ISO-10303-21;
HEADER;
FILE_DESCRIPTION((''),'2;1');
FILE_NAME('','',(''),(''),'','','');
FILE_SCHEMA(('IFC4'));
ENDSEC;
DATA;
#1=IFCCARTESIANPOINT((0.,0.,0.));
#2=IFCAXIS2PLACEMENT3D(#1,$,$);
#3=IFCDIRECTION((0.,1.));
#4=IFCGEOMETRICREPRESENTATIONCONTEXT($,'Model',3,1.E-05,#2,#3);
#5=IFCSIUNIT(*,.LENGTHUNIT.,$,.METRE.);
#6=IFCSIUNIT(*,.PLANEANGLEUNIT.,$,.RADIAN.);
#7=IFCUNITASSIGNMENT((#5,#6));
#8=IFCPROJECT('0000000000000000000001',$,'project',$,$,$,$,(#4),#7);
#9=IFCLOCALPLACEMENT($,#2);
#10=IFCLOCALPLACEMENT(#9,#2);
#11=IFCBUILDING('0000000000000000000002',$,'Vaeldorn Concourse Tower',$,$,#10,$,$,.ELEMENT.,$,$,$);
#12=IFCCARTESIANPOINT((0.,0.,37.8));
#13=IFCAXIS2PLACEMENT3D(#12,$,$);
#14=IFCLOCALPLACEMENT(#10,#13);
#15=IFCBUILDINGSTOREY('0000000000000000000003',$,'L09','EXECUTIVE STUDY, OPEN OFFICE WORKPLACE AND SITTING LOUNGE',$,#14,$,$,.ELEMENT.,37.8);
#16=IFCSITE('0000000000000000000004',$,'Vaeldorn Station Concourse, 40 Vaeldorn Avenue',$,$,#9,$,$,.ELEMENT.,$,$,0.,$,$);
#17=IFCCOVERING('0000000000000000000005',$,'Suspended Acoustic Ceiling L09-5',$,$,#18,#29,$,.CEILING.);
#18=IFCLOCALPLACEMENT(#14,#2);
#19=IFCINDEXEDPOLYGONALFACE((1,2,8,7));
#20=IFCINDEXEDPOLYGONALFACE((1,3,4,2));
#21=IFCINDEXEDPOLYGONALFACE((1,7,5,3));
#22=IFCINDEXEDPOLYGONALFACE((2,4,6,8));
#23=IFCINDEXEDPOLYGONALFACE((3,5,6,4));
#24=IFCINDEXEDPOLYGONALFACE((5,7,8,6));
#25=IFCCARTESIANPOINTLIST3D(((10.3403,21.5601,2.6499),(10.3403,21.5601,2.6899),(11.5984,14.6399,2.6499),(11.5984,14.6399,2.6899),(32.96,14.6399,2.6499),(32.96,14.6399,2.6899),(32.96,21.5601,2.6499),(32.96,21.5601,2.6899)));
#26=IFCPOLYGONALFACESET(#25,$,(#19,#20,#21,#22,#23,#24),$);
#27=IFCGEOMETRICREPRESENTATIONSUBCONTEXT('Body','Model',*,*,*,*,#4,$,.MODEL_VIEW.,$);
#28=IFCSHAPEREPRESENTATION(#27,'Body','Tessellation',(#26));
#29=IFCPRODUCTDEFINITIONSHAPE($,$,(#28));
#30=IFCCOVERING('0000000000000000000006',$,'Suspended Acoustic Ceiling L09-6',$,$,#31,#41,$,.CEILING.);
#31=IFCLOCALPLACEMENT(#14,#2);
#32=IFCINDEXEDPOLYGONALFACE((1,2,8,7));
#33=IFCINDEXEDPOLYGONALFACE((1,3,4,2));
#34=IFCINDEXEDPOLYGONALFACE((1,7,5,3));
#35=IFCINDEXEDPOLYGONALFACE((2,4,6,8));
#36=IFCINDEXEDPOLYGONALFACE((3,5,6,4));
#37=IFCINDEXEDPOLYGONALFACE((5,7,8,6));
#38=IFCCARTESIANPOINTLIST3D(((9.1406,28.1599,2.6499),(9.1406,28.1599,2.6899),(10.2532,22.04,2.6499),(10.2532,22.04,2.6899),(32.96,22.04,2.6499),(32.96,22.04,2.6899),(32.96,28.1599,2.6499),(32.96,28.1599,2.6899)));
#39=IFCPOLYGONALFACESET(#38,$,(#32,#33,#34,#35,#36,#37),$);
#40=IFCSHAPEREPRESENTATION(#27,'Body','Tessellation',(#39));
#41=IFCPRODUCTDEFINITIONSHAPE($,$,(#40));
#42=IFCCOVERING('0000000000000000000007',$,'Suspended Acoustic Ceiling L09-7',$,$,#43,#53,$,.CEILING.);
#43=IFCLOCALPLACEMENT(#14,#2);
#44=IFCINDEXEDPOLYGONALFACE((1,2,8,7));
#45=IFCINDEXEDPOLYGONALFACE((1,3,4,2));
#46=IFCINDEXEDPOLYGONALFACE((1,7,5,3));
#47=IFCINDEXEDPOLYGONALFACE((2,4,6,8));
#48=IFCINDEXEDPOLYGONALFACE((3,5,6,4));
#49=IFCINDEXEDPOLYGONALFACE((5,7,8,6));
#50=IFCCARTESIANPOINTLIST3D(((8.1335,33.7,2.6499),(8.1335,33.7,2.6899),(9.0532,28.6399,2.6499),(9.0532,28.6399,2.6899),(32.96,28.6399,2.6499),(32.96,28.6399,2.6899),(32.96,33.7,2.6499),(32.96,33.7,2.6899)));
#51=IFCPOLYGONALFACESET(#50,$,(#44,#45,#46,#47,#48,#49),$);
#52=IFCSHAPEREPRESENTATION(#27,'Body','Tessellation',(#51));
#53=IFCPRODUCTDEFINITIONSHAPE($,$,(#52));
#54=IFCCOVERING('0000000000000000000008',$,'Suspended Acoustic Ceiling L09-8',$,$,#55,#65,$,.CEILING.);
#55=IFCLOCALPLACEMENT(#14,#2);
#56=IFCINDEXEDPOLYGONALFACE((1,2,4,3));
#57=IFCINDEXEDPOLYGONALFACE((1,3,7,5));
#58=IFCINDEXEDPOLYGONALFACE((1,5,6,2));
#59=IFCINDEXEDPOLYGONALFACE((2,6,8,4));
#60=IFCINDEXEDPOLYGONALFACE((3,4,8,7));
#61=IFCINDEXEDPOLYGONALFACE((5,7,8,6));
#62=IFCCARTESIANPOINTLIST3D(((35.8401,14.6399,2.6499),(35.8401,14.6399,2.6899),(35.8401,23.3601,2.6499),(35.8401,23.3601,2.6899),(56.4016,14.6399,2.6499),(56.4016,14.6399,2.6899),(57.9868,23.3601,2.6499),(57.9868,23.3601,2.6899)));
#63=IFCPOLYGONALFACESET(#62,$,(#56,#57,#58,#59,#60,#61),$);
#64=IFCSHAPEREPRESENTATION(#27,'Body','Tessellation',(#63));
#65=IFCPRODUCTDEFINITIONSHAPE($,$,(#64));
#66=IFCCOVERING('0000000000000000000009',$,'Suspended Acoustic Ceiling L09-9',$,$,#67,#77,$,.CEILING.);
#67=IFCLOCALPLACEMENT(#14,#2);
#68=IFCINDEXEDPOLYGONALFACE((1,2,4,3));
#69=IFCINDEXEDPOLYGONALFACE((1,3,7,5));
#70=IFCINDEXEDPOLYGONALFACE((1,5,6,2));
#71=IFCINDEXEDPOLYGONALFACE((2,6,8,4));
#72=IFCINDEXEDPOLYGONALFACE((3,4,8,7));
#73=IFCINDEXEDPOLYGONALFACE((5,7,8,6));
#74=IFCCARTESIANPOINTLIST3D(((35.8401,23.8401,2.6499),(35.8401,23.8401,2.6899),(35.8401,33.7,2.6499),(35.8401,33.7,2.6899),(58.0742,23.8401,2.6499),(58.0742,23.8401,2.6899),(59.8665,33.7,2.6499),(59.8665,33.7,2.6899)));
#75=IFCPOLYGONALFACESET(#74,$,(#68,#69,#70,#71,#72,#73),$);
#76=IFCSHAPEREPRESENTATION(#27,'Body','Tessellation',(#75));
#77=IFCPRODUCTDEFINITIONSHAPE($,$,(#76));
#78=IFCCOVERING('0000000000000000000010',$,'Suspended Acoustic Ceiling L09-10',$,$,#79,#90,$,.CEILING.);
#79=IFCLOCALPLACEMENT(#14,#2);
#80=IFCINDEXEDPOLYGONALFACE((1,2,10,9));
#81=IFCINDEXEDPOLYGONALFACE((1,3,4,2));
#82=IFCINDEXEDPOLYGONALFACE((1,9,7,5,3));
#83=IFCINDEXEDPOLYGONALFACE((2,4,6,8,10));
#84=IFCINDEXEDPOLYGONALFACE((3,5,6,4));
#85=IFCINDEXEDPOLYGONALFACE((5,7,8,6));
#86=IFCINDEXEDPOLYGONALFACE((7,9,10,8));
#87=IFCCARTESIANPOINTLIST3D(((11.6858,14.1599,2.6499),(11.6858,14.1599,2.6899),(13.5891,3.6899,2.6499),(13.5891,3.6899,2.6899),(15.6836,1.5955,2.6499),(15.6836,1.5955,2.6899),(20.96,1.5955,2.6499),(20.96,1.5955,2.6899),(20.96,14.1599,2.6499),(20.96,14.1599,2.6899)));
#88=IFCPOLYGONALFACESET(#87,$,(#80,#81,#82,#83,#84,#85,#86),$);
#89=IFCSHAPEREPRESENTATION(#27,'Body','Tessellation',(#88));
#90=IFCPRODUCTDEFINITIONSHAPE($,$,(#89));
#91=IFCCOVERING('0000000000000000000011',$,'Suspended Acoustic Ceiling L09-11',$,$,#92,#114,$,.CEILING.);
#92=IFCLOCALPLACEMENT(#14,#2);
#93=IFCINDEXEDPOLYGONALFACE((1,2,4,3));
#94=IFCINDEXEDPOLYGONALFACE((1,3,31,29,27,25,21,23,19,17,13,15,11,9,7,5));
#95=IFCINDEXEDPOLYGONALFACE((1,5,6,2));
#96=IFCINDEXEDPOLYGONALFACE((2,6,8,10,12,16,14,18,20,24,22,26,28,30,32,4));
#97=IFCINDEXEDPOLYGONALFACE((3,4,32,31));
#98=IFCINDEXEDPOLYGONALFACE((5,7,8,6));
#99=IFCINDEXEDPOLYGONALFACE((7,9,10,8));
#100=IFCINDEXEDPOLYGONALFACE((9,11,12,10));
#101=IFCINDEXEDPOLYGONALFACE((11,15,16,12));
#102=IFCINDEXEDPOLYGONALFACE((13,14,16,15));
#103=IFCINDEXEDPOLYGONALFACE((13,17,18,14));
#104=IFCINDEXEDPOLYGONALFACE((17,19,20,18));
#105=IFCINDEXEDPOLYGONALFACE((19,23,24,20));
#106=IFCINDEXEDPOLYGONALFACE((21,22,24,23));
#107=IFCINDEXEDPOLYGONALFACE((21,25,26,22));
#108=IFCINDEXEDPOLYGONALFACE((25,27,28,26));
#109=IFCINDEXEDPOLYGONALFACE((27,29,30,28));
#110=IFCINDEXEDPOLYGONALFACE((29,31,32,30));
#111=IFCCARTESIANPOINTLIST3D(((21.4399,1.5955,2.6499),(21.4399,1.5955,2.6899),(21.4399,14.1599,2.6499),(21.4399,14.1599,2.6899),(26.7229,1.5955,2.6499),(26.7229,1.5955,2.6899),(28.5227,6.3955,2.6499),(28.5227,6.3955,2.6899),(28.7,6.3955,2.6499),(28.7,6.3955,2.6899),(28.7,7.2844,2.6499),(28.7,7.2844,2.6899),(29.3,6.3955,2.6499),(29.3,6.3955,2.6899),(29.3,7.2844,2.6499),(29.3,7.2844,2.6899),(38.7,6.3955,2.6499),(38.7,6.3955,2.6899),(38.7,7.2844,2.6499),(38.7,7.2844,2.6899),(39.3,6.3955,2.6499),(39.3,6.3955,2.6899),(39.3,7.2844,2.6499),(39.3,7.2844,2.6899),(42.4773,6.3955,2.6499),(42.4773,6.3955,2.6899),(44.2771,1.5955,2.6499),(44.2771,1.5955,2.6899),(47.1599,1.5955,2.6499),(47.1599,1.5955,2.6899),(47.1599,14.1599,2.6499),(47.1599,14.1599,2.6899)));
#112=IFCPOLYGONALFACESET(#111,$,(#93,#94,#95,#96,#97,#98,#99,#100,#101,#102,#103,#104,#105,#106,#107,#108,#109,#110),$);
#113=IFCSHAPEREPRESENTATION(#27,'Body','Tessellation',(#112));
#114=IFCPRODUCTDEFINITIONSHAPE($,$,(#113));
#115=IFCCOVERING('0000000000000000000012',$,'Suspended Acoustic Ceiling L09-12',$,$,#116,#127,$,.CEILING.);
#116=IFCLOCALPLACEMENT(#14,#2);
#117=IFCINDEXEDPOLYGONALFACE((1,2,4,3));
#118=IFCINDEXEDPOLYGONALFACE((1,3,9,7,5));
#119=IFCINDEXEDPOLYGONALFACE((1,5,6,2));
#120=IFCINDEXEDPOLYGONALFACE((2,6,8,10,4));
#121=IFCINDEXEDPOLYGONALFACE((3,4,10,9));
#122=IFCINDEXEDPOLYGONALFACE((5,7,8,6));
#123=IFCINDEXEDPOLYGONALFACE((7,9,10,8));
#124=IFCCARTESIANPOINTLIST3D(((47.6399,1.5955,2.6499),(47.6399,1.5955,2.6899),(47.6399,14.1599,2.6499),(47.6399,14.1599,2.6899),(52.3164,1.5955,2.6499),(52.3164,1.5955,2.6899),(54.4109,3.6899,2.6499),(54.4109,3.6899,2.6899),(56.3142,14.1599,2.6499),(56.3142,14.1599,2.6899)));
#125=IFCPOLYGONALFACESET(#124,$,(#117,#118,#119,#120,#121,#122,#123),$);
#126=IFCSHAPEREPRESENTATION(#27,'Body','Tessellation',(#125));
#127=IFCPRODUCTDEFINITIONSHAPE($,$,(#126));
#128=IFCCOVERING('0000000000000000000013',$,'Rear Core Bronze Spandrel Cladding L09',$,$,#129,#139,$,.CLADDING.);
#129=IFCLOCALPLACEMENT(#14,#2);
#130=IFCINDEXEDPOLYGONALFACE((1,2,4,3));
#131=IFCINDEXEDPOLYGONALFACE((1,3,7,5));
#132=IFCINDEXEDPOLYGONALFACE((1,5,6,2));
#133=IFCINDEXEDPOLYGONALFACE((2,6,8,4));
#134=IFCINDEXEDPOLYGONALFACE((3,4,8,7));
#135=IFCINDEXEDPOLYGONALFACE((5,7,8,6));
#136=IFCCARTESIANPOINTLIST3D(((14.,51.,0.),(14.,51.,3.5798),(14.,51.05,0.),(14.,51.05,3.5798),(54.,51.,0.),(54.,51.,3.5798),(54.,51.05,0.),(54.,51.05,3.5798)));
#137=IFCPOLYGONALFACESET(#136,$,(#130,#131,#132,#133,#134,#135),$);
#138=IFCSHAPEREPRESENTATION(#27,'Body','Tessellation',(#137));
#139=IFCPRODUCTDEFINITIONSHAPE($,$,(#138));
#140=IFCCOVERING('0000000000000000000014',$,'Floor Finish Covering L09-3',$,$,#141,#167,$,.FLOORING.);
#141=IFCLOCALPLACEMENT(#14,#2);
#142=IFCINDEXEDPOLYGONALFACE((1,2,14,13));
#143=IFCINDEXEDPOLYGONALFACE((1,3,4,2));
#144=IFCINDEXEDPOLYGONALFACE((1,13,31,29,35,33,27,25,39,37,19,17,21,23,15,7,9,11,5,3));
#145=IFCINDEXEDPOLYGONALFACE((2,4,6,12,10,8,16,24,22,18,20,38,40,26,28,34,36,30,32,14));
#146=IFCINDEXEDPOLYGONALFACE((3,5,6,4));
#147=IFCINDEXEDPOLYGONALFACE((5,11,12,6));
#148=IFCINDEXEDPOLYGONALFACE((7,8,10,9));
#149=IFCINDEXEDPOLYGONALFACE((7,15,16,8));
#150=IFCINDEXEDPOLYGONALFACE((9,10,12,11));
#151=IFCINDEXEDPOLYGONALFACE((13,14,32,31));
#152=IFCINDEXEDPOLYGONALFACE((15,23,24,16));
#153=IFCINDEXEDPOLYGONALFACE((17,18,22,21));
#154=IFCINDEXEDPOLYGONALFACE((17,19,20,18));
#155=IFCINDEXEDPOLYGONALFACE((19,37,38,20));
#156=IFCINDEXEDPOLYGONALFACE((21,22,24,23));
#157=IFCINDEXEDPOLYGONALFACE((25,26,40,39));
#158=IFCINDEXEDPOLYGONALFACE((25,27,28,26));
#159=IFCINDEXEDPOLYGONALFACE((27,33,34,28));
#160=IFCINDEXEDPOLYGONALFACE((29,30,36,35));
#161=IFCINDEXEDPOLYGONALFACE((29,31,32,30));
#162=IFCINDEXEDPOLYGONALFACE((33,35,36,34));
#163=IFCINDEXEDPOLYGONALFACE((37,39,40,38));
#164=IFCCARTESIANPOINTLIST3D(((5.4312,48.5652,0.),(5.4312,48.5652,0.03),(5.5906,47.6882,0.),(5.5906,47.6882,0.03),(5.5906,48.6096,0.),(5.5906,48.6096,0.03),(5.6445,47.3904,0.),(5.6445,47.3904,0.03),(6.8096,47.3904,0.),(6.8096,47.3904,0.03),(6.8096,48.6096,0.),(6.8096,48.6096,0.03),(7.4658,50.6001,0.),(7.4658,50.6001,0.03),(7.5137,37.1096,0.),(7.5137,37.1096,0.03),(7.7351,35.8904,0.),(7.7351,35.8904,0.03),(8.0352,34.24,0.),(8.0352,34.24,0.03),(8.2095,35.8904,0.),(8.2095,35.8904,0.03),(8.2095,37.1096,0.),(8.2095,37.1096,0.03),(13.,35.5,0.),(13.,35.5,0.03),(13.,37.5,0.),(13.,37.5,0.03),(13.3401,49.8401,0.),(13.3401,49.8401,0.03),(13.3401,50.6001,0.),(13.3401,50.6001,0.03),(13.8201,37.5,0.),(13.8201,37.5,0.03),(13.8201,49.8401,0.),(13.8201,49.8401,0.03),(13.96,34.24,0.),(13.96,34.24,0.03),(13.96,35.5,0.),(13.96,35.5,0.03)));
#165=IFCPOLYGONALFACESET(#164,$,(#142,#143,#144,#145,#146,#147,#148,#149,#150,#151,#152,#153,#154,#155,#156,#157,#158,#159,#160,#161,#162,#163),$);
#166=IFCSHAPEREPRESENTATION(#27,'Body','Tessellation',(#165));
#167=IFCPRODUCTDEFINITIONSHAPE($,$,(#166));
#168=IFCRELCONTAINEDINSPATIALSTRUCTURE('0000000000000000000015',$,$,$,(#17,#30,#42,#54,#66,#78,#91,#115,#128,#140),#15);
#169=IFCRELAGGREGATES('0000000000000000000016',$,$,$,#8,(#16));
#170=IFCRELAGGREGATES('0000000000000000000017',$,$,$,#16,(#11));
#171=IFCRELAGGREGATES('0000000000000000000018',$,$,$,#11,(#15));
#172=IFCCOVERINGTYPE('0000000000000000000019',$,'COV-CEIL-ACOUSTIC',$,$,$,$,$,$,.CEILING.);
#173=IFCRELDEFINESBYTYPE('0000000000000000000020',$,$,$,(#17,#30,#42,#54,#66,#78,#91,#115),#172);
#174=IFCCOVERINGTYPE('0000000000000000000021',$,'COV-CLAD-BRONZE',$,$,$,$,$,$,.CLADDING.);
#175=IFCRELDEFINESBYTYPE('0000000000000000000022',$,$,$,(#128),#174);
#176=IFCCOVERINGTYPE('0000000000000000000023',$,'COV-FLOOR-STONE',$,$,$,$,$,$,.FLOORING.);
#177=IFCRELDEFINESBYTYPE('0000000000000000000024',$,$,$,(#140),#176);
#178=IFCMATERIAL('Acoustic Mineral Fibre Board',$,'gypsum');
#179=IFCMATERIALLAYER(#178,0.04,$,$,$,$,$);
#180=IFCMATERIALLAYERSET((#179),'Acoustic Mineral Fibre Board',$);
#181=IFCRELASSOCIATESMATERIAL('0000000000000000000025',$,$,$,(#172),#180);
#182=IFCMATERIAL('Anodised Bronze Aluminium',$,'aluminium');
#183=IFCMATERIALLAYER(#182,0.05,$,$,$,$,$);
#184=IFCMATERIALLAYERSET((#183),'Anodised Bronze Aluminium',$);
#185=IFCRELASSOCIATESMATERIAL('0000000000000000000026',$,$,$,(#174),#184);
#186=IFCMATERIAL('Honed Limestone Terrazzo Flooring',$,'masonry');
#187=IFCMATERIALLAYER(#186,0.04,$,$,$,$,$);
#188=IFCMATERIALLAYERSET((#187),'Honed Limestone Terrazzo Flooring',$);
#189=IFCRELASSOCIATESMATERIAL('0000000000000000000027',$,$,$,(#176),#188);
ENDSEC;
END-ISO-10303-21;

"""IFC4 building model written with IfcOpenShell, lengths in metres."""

from ifc_helpers import new_model, si_unit, direction, frame, origin, place, context, subcontext, project, spatial, polyline, outline, extrude, material, layer, layer_set, type_object, element, save


model = new_model("IFC4")

# Units and contexts
model_context = context("Model", 3, precision=1e-05, world=origin(), true_north=direction((0.0, 1.0)))
body_context = subcontext(model_context, "Body", "Model", "MODEL_VIEW")
ifc_project = project(units=[si_unit("LENGTHUNIT", "METRE"), si_unit("PLANEANGLEUNIT", "RADIAN")], contexts=[model_context])

# Site, building, storey
site_placement = place(None, origin())
site = spatial("IfcSite", under=ifc_project, at=site_placement, Name="Vaeldorn Station Concourse, 40 Vaeldorn Avenue", CompositionType="ELEMENT", RefElevation=0.0)
building_placement = place(site_placement, origin())
building = spatial("IfcBuilding", under=site, at=building_placement, Name="Vaeldorn Concourse Tower", CompositionType="ELEMENT")
storey_placement = place(building_placement, frame((0.0, 0.0, 37.8)))
storey = spatial("IfcBuildingStorey", under=building, at=storey_placement, Name="L09", Description="EXECUTIVE STUDY, OPEN OFFICE WORKPLACE AND SITTING LOUNGE", CompositionType="ELEMENT", Elevation=37.8)

# Coverings
ifc_material_1 = material(Name="Acoustic Mineral Fibre Board", Category="gypsum")
ifc_layer_1 = layer(ifc_material_1, 0.04)
ifc_layer_set_1 = layer_set([ifc_layer_1], Name="Acoustic Mineral Fibre Board")
covering_type_1 = type_object("IfcCoveringType", Name="COV-CEIL-ACOUSTIC", PredefinedType="CEILING", material=ifc_layer_set_1)
covering_1_placement = place(storey_placement, frame((0.0, 0.0, 2.6499)))
element("IfcCovering", 1, at=covering_1_placement, inside=storey, type_object=covering_type_1, Name="Suspended Acoustic Ceiling L09-5", PredefinedType="CEILING", context=body_context, shape_type="SweptSolid", body=[
    extrude(outline(polyline([(32.96, 21.5601), (32.96, 14.6399), (11.5984, 14.6399), (10.3403, 21.5601), (32.96, 21.5601)])), origin(), (0.0, 0.0, 1.0), 0.04),
])
covering_2_placement = place(storey_placement, frame((0.0, 0.0, 2.6499)))
element("IfcCovering", 2, at=covering_2_placement, inside=storey, type_object=covering_type_1, Name="Suspended Acoustic Ceiling L09-6", PredefinedType="CEILING", context=body_context, shape_type="SweptSolid", body=[
    extrude(outline(polyline([(32.96, 28.1599), (32.96, 22.04), (10.2532, 22.04), (9.1406, 28.1599), (32.96, 28.1599)])), origin(), (0.0, 0.0, 1.0), 0.04),
])
covering_3_placement = place(storey_placement, frame((0.0, 0.0, 2.6499)))
element("IfcCovering", 3, at=covering_3_placement, inside=storey, type_object=covering_type_1, Name="Suspended Acoustic Ceiling L09-7", PredefinedType="CEILING", context=body_context, shape_type="SweptSolid", body=[
    extrude(outline(polyline([(32.96, 33.7), (32.96, 28.6399), (9.0532, 28.6399), (8.1335, 33.7), (32.96, 33.7)])), origin(), (0.0, 0.0, 1.0), 0.04),
])
covering_4_placement = place(storey_placement, frame((0.0, 0.0, 2.6499)))
element("IfcCovering", 4, at=covering_4_placement, inside=storey, type_object=covering_type_1, Name="Suspended Acoustic Ceiling L09-8", PredefinedType="CEILING", context=body_context, shape_type="SweptSolid", body=[
    extrude(outline(polyline([(35.8401, 14.6399), (35.8401, 23.3601), (57.9868, 23.3601), (56.4016, 14.6399), (35.8401, 14.6399)])), origin(), (0.0, 0.0, 1.0), 0.04),
])
covering_5_placement = place(storey_placement, frame((0.0, 0.0, 2.6499)))
element("IfcCovering", 5, at=covering_5_placement, inside=storey, type_object=covering_type_1, Name="Suspended Acoustic Ceiling L09-9", PredefinedType="CEILING", context=body_context, shape_type="SweptSolid", body=[
    extrude(outline(polyline([(35.8401, 23.8401), (35.8401, 33.7), (59.8665, 33.7), (58.0742, 23.8401), (35.8401, 23.8401)])), origin(), (0.0, 0.0, 1.0), 0.04),
])
covering_6_placement = place(storey_placement, frame((0.0, 0.0, 2.6499)))
element("IfcCovering", 6, at=covering_6_placement, inside=storey, type_object=covering_type_1, Name="Suspended Acoustic Ceiling L09-10", PredefinedType="CEILING", context=body_context, shape_type="SweptSolid", body=[
    extrude(outline(polyline([(20.96, 14.1599), (20.96, 1.5955), (15.6836, 1.5955), (13.5891, 3.6899), (11.6858, 14.1599), (20.96, 14.1599)])), origin(), (0.0, 0.0, 1.0), 0.04),
])
covering_7_placement = place(storey_placement, frame((0.0, 0.0, 2.6499)))
element("IfcCovering", 7, at=covering_7_placement, inside=storey, type_object=covering_type_1, Name="Suspended Acoustic Ceiling L09-11", PredefinedType="CEILING", context=body_context, shape_type="SweptSolid", body=[
    extrude(outline(polyline([(26.7229, 1.5955), (21.4399, 1.5955), (21.4399, 14.1599), (47.1599, 14.1599), (47.1599, 1.5955), (44.2771, 1.5955), (42.4773, 6.3955), (39.3, 6.3955), (39.3, 7.2844), (38.7, 7.2844), (38.7, 6.3955), (29.3, 6.3955), (29.3, 7.2844), (28.7, 7.2844), (28.7, 6.3955), (28.5227, 6.3955), (26.7229, 1.5955)])), origin(), (0.0, 0.0, 1.0), 0.04),
])
covering_8_placement = place(storey_placement, frame((0.0, 0.0, 2.6499)))
element("IfcCovering", 8, at=covering_8_placement, inside=storey, type_object=covering_type_1, Name="Suspended Acoustic Ceiling L09-12", PredefinedType="CEILING", context=body_context, shape_type="SweptSolid", body=[
    extrude(outline(polyline([(52.3164, 1.5955), (47.6399, 1.5955), (47.6399, 14.1599), (56.3142, 14.1599), (54.4109, 3.6899), (52.3164, 1.5955)])), origin(), (0.0, 0.0, 1.0), 0.04),
])
ifc_material_2 = material(Name="Anodised Bronze Aluminium", Category="aluminium")
ifc_layer_2 = layer(ifc_material_2, 0.05)
ifc_layer_set_2 = layer_set([ifc_layer_2], Name="Anodised Bronze Aluminium")
covering_type_2 = type_object("IfcCoveringType", Name="COV-CLAD-BRONZE", PredefinedType="CLADDING", material=ifc_layer_set_2)
covering_9_placement = place(storey_placement, origin())
element("IfcCovering", 9, at=covering_9_placement, inside=storey, type_object=covering_type_2, Name="Rear Core Bronze Spandrel Cladding L09", PredefinedType="CLADDING", context=body_context, shape_type="SweptSolid", body=[
    extrude(outline(polyline([(14.0, 51.0), (54.0, 51.0), (54.0, 51.05), (14.0, 51.05), (14.0, 51.0)])), origin(), (0.0, 0.0, 1.0), 3.5798),
])
ifc_material_3 = material(Name="Honed Limestone Terrazzo Flooring", Category="masonry")
ifc_layer_3 = layer(ifc_material_3, 0.04)
ifc_layer_set_3 = layer_set([ifc_layer_3], Name="Honed Limestone Terrazzo Flooring")
covering_type_3 = type_object("IfcCoveringType", Name="COV-FLOOR-STONE", PredefinedType="FLOORING", material=ifc_layer_set_3)
covering_10_placement = place(storey_placement, origin())
element("IfcCovering", 10, at=covering_10_placement, inside=storey, type_object=covering_type_3, Name="Floor Finish Covering L09-3", PredefinedType="FLOORING", context=body_context, shape_type="SweptSolid", body=[
    extrude(outline(polyline([(7.4658, 50.6001), (13.3401, 50.6001), (13.3401, 49.8401), (13.8201, 49.8401), (13.8201, 37.5), (13.0, 37.5), (13.0, 35.5), (13.96, 35.5), (13.96, 34.24), (8.0352, 34.24), (7.7351, 35.8904), (8.2095, 35.8904), (8.2095, 37.1096), (7.5137, 37.1096), (5.6445, 47.3904), (6.8096, 47.3904), (6.8096, 48.6096), (5.5906, 48.6096), (5.5906, 47.6882), (5.4312, 48.5652), (7.4658, 50.6001)])), origin(), (0.0, 0.0, 1.0), 0.03),
])

save(model, "model.ifc")
